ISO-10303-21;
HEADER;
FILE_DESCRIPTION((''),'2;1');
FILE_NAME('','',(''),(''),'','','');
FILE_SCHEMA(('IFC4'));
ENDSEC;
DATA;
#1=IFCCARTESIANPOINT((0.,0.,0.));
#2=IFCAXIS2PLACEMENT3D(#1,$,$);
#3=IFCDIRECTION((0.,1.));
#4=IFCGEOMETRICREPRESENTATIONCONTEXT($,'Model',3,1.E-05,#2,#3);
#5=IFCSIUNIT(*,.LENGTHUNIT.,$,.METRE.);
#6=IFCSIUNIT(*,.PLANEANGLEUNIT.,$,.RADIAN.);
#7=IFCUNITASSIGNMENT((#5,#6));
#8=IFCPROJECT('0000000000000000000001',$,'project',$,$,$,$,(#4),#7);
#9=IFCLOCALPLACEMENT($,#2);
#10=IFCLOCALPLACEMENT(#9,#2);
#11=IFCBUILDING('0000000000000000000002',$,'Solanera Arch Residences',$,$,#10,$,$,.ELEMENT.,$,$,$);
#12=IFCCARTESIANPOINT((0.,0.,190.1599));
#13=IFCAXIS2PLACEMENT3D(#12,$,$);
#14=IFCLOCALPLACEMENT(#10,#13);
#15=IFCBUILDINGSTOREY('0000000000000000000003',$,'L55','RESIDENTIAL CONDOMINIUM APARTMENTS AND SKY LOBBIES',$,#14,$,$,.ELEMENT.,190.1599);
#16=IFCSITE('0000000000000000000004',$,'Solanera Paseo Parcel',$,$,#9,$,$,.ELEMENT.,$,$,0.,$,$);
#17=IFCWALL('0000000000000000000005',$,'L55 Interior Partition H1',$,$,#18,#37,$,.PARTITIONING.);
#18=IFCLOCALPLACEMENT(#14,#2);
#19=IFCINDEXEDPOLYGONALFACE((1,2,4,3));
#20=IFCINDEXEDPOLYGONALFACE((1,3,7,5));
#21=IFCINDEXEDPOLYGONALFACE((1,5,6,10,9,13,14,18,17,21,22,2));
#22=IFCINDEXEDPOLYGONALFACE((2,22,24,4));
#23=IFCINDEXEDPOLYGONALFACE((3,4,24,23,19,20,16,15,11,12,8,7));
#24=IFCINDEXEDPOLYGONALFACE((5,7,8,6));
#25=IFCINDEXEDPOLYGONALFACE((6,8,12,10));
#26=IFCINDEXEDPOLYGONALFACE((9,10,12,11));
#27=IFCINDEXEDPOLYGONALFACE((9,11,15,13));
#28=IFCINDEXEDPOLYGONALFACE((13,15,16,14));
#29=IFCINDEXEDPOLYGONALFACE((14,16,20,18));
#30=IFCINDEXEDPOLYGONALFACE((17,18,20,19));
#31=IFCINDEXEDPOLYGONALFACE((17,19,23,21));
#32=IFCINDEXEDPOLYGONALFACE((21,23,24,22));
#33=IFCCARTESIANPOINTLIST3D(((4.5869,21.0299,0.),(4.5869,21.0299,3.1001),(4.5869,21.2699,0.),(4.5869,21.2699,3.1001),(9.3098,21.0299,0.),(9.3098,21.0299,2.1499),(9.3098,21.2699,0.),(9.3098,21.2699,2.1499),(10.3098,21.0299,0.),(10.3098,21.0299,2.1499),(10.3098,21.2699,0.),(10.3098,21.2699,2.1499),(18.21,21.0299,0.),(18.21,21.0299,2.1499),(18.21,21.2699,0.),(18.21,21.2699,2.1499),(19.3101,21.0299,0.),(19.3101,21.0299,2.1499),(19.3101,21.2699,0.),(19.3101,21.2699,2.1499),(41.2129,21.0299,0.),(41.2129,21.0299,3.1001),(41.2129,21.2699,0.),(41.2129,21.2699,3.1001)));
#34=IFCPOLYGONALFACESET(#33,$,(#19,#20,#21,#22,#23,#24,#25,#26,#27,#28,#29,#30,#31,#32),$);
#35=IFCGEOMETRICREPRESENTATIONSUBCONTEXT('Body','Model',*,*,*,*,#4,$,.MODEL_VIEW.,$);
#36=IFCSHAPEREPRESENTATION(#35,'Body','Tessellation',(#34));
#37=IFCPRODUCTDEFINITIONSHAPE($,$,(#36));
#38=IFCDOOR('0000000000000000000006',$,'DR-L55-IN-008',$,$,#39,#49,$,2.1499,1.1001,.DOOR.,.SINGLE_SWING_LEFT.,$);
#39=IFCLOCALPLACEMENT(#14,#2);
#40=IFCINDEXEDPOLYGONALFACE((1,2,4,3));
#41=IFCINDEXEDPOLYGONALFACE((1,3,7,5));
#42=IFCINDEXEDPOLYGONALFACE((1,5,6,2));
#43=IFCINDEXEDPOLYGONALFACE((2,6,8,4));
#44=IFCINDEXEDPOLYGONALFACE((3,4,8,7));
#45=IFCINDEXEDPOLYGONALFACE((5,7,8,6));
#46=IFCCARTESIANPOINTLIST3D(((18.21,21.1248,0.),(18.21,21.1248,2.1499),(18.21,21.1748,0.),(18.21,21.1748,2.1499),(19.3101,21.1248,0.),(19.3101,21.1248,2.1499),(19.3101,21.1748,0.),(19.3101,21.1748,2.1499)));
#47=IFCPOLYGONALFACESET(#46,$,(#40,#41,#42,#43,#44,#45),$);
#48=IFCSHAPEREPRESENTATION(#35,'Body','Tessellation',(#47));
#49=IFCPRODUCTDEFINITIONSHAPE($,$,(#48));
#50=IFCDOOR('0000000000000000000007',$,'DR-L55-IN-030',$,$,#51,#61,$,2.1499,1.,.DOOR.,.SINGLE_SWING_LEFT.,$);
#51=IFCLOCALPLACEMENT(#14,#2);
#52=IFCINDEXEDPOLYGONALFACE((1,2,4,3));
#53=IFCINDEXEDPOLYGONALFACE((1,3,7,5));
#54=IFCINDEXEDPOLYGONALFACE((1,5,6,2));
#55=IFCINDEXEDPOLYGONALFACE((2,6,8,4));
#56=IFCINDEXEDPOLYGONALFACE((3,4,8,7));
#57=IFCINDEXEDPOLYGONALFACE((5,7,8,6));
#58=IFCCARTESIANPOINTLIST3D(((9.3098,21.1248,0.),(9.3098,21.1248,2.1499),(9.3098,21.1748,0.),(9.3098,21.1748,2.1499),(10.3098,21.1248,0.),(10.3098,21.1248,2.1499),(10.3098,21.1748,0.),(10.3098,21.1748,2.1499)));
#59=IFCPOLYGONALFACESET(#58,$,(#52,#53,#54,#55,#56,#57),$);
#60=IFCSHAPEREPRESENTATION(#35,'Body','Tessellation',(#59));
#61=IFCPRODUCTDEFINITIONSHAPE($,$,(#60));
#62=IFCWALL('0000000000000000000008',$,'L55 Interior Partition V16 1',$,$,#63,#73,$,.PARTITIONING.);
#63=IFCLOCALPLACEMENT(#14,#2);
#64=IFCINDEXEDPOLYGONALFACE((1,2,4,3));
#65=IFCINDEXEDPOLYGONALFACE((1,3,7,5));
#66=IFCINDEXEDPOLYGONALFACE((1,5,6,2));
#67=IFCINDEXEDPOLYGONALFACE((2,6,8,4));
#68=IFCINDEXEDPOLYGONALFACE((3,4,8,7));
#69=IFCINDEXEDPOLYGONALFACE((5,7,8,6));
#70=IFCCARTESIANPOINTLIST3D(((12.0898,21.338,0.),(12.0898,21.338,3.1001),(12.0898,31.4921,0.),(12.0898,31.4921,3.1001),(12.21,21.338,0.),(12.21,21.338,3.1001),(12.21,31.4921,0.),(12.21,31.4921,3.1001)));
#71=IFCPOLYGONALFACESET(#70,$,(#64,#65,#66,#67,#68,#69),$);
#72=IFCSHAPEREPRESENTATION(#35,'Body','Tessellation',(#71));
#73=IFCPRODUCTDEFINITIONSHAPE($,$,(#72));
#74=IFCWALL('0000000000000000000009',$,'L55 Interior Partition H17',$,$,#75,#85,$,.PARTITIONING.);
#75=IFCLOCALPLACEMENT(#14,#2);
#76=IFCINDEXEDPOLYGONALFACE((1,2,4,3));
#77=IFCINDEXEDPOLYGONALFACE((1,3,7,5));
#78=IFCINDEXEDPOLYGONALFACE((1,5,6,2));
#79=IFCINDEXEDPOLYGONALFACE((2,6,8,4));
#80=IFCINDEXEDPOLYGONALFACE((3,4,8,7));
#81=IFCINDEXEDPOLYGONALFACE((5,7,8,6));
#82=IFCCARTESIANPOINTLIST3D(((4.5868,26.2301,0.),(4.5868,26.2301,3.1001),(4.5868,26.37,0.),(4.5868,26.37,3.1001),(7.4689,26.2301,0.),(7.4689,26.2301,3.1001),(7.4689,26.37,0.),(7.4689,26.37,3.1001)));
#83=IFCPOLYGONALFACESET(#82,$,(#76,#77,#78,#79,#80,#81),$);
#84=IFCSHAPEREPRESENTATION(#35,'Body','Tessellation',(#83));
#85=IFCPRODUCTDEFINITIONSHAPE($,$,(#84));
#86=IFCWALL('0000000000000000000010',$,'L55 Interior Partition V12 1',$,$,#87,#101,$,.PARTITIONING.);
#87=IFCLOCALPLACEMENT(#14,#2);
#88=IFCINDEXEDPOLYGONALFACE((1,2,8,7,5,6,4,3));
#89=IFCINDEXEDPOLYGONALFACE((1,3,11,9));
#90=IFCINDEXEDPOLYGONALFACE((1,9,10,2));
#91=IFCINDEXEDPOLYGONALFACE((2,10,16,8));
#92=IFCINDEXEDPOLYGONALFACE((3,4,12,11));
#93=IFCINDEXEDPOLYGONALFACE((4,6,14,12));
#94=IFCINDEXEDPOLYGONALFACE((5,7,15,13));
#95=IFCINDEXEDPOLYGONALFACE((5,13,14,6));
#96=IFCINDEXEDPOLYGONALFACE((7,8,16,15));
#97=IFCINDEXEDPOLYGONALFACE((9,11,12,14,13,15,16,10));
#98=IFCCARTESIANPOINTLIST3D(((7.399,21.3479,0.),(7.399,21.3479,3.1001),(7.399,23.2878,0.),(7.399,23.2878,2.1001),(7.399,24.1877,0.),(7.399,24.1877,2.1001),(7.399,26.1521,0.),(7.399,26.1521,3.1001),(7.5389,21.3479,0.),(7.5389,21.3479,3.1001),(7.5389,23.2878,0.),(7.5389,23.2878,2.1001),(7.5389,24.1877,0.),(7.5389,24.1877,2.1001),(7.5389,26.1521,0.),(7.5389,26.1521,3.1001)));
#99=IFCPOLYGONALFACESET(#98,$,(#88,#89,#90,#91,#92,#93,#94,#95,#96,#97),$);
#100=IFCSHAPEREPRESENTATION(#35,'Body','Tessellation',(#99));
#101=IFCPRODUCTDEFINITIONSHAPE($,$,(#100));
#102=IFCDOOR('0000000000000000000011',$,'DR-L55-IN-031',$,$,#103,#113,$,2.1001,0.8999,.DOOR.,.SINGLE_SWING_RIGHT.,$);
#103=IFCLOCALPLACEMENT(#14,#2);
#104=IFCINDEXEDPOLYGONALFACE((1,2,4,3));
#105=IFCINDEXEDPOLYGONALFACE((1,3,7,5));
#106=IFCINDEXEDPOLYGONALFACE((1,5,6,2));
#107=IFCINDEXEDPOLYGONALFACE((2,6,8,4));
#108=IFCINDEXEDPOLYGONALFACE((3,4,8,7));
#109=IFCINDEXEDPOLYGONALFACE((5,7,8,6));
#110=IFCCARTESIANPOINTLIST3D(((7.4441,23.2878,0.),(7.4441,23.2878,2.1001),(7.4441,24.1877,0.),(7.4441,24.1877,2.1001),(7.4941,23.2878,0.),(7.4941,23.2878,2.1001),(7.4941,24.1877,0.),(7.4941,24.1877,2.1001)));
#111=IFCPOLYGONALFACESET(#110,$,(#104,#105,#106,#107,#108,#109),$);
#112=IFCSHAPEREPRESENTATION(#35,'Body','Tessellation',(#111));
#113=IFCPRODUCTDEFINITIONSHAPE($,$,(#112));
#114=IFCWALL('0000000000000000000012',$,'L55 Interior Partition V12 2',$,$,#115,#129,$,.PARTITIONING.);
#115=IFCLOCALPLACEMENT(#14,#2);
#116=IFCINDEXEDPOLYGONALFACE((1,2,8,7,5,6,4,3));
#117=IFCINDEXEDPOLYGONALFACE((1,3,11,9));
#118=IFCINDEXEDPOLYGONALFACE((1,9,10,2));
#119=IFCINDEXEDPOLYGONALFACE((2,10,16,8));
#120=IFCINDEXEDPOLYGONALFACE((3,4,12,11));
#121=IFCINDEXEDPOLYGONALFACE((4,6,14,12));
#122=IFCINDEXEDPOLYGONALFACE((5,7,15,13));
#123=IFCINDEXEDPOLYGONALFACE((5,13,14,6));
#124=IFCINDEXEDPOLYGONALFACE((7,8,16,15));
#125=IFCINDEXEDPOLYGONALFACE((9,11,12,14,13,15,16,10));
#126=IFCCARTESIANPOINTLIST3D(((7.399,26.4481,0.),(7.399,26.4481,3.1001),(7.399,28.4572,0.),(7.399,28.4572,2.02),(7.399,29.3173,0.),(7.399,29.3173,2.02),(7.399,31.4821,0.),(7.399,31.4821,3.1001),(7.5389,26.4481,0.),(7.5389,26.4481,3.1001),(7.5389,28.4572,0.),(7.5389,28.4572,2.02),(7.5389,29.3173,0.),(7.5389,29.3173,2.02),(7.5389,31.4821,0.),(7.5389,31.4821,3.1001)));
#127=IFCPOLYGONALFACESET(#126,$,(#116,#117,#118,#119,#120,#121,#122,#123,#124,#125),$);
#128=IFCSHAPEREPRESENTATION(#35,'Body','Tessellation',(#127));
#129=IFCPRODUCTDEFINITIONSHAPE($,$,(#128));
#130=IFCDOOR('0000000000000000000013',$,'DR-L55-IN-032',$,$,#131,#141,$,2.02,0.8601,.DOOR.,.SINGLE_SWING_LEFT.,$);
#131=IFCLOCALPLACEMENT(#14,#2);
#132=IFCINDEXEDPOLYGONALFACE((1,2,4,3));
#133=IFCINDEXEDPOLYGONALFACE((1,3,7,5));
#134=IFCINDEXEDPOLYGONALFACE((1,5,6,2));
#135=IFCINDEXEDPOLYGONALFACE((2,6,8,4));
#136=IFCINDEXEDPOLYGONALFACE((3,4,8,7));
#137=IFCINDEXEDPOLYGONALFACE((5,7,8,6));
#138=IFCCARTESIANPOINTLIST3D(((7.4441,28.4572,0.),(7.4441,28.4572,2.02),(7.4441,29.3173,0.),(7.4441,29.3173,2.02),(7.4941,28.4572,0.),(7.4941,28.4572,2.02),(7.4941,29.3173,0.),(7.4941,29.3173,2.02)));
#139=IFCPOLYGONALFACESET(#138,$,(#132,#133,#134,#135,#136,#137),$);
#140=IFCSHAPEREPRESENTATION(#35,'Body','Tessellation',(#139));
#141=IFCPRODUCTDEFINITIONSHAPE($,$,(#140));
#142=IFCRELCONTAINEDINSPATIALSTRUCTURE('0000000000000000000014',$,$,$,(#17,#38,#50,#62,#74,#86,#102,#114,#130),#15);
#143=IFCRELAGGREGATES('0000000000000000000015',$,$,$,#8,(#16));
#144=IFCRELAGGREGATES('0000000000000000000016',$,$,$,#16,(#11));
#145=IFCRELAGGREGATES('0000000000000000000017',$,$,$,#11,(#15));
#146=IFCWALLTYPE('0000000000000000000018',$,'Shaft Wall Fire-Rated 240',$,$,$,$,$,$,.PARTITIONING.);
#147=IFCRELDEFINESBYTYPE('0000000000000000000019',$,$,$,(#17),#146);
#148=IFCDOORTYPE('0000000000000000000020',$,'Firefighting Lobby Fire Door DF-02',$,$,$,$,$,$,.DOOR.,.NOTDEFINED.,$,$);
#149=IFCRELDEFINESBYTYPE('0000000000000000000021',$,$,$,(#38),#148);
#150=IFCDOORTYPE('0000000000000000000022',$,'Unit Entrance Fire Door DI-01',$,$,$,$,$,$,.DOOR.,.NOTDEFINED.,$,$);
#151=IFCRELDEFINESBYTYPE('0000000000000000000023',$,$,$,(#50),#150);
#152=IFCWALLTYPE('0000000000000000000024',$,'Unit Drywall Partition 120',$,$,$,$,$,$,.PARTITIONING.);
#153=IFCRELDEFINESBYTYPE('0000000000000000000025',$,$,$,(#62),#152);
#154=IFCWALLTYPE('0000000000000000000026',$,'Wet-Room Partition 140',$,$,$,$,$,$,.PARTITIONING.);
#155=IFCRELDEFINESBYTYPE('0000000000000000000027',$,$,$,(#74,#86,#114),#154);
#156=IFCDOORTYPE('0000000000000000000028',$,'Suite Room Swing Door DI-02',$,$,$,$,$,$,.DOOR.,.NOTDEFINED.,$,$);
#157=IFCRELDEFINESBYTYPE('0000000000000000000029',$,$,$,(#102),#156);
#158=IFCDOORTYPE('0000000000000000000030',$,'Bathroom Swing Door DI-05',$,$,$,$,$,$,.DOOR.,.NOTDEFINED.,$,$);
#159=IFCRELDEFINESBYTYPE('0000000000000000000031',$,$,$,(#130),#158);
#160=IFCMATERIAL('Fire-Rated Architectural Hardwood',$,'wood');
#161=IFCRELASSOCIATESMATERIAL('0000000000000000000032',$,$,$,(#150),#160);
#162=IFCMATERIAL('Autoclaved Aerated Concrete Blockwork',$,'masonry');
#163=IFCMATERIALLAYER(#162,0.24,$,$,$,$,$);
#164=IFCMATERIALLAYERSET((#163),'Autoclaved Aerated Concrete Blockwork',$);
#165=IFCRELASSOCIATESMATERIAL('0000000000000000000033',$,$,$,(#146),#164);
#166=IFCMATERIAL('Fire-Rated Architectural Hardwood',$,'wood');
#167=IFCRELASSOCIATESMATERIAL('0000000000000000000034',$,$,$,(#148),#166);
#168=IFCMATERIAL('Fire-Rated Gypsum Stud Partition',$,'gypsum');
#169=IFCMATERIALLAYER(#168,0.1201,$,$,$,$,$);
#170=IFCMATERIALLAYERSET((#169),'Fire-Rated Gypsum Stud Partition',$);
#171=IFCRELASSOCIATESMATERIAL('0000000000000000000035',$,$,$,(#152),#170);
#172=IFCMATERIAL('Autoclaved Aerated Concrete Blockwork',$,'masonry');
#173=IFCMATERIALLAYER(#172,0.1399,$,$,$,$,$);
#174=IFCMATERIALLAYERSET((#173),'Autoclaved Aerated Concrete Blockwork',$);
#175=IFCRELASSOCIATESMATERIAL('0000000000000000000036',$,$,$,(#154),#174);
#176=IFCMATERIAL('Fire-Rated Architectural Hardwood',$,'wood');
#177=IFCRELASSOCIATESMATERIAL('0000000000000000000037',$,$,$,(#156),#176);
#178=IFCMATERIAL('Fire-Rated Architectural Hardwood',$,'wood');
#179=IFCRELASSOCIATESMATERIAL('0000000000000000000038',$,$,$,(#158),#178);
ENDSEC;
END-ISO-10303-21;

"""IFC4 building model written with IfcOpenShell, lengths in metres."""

from ifc_helpers import new_model, si_unit, direction, frame, frame_2d, origin, place, context, subcontext, project, spatial, rectangle, extrude, material, layer, layer_set, type_object, element, fill, save


model = new_model("IFC4")

# Units and contexts
model_context = context("Model", 3, precision=1e-05, world=origin(), true_north=direction((0.0, 1.0)))
body_context = subcontext(model_context, "Body", "Model", "MODEL_VIEW")
ifc_project = project(units=[si_unit("LENGTHUNIT", "METRE"), si_unit("PLANEANGLEUNIT", "RADIAN")], contexts=[model_context])

# Site, building, storey
site_placement = place(None, origin())
site = spatial("IfcSite", under=ifc_project, at=site_placement, Name="Solanera Paseo Parcel", CompositionType="ELEMENT", RefElevation=0.0)
building_placement = place(site_placement, origin())
building = spatial("IfcBuilding", under=site, at=building_placement, Name="Solanera Arch Residences", CompositionType="ELEMENT")
storey_placement = place(building_placement, frame((0.0, 0.0, 190.1599)))
storey = spatial("IfcBuildingStorey", under=building, at=storey_placement, Name="L55", Description="RESIDENTIAL CONDOMINIUM APARTMENTS AND SKY LOBBIES", CompositionType="ELEMENT", Elevation=190.1599)

# Wall, openings, doors
ifc_material_1 = material(Name="Fire-Rated Architectural Hardwood", Category="wood")
door_type_1 = type_object("IfcDoorType", Name="Unit Entrance Fire Door DI-01", OperationType="NOTDEFINED", PredefinedType="DOOR", material=ifc_material_1)
ifc_material_2 = material(Name="Autoclaved Aerated Concrete Blockwork", Category="masonry")
ifc_layer_1 = layer(ifc_material_2, 0.24)
ifc_layer_set_1 = layer_set([ifc_layer_1], Name="Autoclaved Aerated Concrete Blockwork")
wall_type_1 = type_object("IfcWallType", Name="Shaft Wall Fire-Rated 240", PredefinedType="PARTITIONING", material=ifc_layer_set_1)
wall_1_placement = place(storey_placement, frame((4.5869, 21.1499, 0.0), z_axis=(0.0, 0.0, 1.0), x_axis=(1.0, 0.0, 0.0)))
wall_1 = element("IfcWall", 1, at=wall_1_placement, inside=storey, type_object=wall_type_1, Name="L55 Interior Partition H1", PredefinedType="PARTITIONING", context=body_context, shape_type="SweptSolid", body=[
    extrude(rectangle(XDim=36.626, YDim=0.24, at=frame_2d((18.313, 0.0))), origin(), (0.0, 0.0, 1.0), 3.1001),
])
opening_1_placement = place(wall_1_placement, frame((13.623, 0.0, 0.0)))
opening_1 = element("IfcOpeningElement", 2, at=opening_1_placement, cuts=wall_1, PredefinedType="OPENING", context=body_context, shape_type="SweptSolid", body=[
    extrude(rectangle(XDim=1.1001, YDim=2.1499, at=frame_2d((0.55, 1.075))), frame((0.0, 0.1299, 0.0), z_axis=(0.0, -1.0, 0.0), x_axis=(1.0, 0.0, 0.0)), (0.0, 0.0, 1.0), 0.26),
])
opening_2_placement = place(wall_1_placement, frame((4.7229, 0.0, 0.0)))
opening_2 = element("IfcOpeningElement", 3, at=opening_2_placement, cuts=wall_1, PredefinedType="OPENING", context=body_context, shape_type="SweptSolid", body=[
    extrude(rectangle(XDim=1.0, YDim=2.1499, at=frame_2d((0.5, 1.075))), frame((0.0, 0.1299, 0.0), z_axis=(0.0, -1.0, 0.0), x_axis=(1.0, 0.0, 0.0)), (0.0, 0.0, 1.0), 0.26),
])
ifc_material_3 = material(Name="Fire-Rated Architectural Hardwood", Category="wood")
door_type_2 = type_object("IfcDoorType", Name="Firefighting Lobby Fire Door DF-02", OperationType="NOTDEFINED", PredefinedType="DOOR", material=ifc_material_3)
door_1_placement = place(opening_1_placement, origin())
door_1 = element("IfcDoor", 4, at=door_1_placement, inside=storey, type_object=door_type_2, Name="DR-L55-IN-008", OperationType="SINGLE_SWING_LEFT", OverallHeight=2.1499, OverallWidth=1.1001, PredefinedType="DOOR", context=body_context, shape_type="SweptSolid", body=[
    extrude(rectangle(XDim=1.1001, YDim=2.1499, at=frame_2d((0.55, 1.075))), frame((0.0, 0.0249, 0.0), z_axis=(0.0, -1.0, 0.0), x_axis=(1.0, 0.0, 0.0)), (0.0, 0.0, 1.0), 0.05),
])
fill(opening_1, door_1)
door_2_placement = place(opening_2_placement, origin())
door_2 = element("IfcDoor", 5, at=door_2_placement, inside=storey, type_object=door_type_1, Name="DR-L55-IN-030", OperationType="SINGLE_SWING_LEFT", OverallHeight=2.1499, OverallWidth=1.0, PredefinedType="DOOR", context=body_context, shape_type="SweptSolid", body=[
    extrude(rectangle(XDim=1.0, YDim=2.1499, at=frame_2d((0.5, 1.075))), frame((0.0, 0.0249, 0.0), z_axis=(0.0, -1.0, 0.0), x_axis=(1.0, 0.0, 0.0)), (0.0, 0.0, 1.0), 0.05),
])
fill(opening_2, door_2)

# Walls
ifc_material_4 = material(Name="Fire-Rated Gypsum Stud Partition", Category="gypsum")
ifc_layer_2 = layer(ifc_material_4, 0.1201)
ifc_layer_set_2 = layer_set([ifc_layer_2], Name="Fire-Rated Gypsum Stud Partition")
wall_type_2 = type_object("IfcWallType", Name="Unit Drywall Partition 120", PredefinedType="PARTITIONING", material=ifc_layer_set_2)
wall_2_placement = place(storey_placement, frame((12.1499, 21.3379, 0.0), z_axis=(0.0, 0.0, 1.0), x_axis=(0.0, 1.0, 0.0)))
element("IfcWall", 6, at=wall_2_placement, inside=storey, type_object=wall_type_2, Name="L55 Interior Partition V16 1", PredefinedType="PARTITIONING", context=body_context, shape_type="SweptSolid", body=[
    extrude(rectangle(XDim=10.1541, YDim=0.1201, at=frame_2d((5.0771, 0.0))), origin(), (0.0, 0.0, 1.0), 3.1001),
])
ifc_material_5 = material(Name="Autoclaved Aerated Concrete Blockwork", Category="masonry")
ifc_layer_3 = layer(ifc_material_5, 0.1399)
ifc_layer_set_3 = layer_set([ifc_layer_3], Name="Autoclaved Aerated Concrete Blockwork")
wall_type_3 = type_object("IfcWallType", Name="Wet-Room Partition 140", PredefinedType="PARTITIONING", material=ifc_layer_set_3)
wall_3_placement = place(storey_placement, frame((4.5869, 26.3, 0.0), z_axis=(0.0, 0.0, 1.0), x_axis=(1.0, 0.0, 0.0)))
element("IfcWall", 7, at=wall_3_placement, inside=storey, type_object=wall_type_3, Name="L55 Interior Partition H17", PredefinedType="PARTITIONING", context=body_context, shape_type="SweptSolid", body=[
    extrude(rectangle(XDim=2.8821, YDim=0.1399, at=frame_2d((1.4409, 0.0))), origin(), (0.0, 0.0, 1.0), 3.1001),
])

# Walls, openings, doors
wall_4_placement = place(storey_placement, frame((7.469, 21.3479, 0.0), z_axis=(0.0, 0.0, 1.0), x_axis=(0.0, 1.0, 0.0)))
wall_4 = element("IfcWall", 8, at=wall_4_placement, inside=storey, type_object=wall_type_3, Name="L55 Interior Partition V12 1", PredefinedType="PARTITIONING", context=body_context, shape_type="SweptSolid", body=[
    extrude(rectangle(XDim=4.8042, YDim=0.1399, at=frame_2d((2.4021, 0.0))), origin(), (0.0, 0.0, 1.0), 3.1001),
])
opening_3_placement = place(wall_4_placement, frame((1.9399, 0.0, 0.0)))
opening_3 = element("IfcOpeningElement", 9, at=opening_3_placement, cuts=wall_4, PredefinedType="OPENING", context=body_context, shape_type="SweptSolid", body=[
    extrude(rectangle(XDim=0.8999, YDim=2.1001, at=frame_2d((0.45, 1.05))), frame((0.0, 0.0798, 0.0), z_axis=(0.0, -1.0, 0.0), x_axis=(1.0, 0.0, 0.0)), (0.0, 0.0, 1.0), 0.1599),
])
ifc_material_6 = material(Name="Fire-Rated Architectural Hardwood", Category="wood")
door_type_3 = type_object("IfcDoorType", Name="Suite Room Swing Door DI-02", OperationType="NOTDEFINED", PredefinedType="DOOR", material=ifc_material_6)
door_3_placement = place(opening_3_placement, origin())
door_3 = element("IfcDoor", 10, at=door_3_placement, inside=storey, type_object=door_type_3, Name="DR-L55-IN-031", OperationType="SINGLE_SWING_RIGHT", OverallHeight=2.1001, OverallWidth=0.8999, PredefinedType="DOOR", context=body_context, shape_type="SweptSolid", body=[
    extrude(rectangle(XDim=0.8999, YDim=2.1001, at=frame_2d((0.45, 1.05))), frame((0.0, 0.0249, 0.0), z_axis=(0.0, -1.0, 0.0), x_axis=(1.0, 0.0, 0.0)), (0.0, 0.0, 1.0), 0.05),
])
fill(opening_3, door_3)
wall_5_placement = place(storey_placement, frame((7.469, 26.448, 0.0), z_axis=(0.0, 0.0, 1.0), x_axis=(0.0, 1.0, 0.0)))
wall_5 = element("IfcWall", 11, at=wall_5_placement, inside=storey, type_object=wall_type_3, Name="L55 Interior Partition V12 2", PredefinedType="PARTITIONING", context=body_context, shape_type="SweptSolid", body=[
    extrude(rectangle(XDim=5.0339, YDim=0.1399, at=frame_2d((2.5171, 0.0))), origin(), (0.0, 0.0, 1.0), 3.1001),
])
opening_4_placement = place(wall_5_placement, frame((2.009, 0.0, 0.0)))
opening_4 = element("IfcOpeningElement", 12, at=opening_4_placement, cuts=wall_5, PredefinedType="OPENING", context=body_context, shape_type="SweptSolid", body=[
    extrude(rectangle(XDim=0.8601, YDim=2.02, at=frame_2d((0.4302, 1.01))), frame((0.0, 0.0798, 0.0), z_axis=(0.0, -1.0, 0.0), x_axis=(1.0, 0.0, 0.0)), (0.0, 0.0, 1.0), 0.1599),
])
ifc_material_7 = material(Name="Fire-Rated Architectural Hardwood", Category="wood")
door_type_4 = type_object("IfcDoorType", Name="Bathroom Swing Door DI-05", OperationType="NOTDEFINED", PredefinedType="DOOR", material=ifc_material_7)
door_4_placement = place(opening_4_placement, origin())
door_4 = element("IfcDoor", 13, at=door_4_placement, inside=storey, type_object=door_type_4, Name="DR-L55-IN-032", OperationType="SINGLE_SWING_LEFT", OverallHeight=2.02, OverallWidth=0.8601, PredefinedType="DOOR", context=body_context, shape_type="SweptSolid", body=[
    extrude(rectangle(XDim=0.8601, YDim=2.02, at=frame_2d((0.4302, 1.01))), frame((0.0, 0.0249, 0.0), z_axis=(0.0, -1.0, 0.0), x_axis=(1.0, 0.0, 0.0)), (0.0, 0.0, 1.0), 0.05),
])
fill(opening_4, door_4)

save(model, "model.ifc")
